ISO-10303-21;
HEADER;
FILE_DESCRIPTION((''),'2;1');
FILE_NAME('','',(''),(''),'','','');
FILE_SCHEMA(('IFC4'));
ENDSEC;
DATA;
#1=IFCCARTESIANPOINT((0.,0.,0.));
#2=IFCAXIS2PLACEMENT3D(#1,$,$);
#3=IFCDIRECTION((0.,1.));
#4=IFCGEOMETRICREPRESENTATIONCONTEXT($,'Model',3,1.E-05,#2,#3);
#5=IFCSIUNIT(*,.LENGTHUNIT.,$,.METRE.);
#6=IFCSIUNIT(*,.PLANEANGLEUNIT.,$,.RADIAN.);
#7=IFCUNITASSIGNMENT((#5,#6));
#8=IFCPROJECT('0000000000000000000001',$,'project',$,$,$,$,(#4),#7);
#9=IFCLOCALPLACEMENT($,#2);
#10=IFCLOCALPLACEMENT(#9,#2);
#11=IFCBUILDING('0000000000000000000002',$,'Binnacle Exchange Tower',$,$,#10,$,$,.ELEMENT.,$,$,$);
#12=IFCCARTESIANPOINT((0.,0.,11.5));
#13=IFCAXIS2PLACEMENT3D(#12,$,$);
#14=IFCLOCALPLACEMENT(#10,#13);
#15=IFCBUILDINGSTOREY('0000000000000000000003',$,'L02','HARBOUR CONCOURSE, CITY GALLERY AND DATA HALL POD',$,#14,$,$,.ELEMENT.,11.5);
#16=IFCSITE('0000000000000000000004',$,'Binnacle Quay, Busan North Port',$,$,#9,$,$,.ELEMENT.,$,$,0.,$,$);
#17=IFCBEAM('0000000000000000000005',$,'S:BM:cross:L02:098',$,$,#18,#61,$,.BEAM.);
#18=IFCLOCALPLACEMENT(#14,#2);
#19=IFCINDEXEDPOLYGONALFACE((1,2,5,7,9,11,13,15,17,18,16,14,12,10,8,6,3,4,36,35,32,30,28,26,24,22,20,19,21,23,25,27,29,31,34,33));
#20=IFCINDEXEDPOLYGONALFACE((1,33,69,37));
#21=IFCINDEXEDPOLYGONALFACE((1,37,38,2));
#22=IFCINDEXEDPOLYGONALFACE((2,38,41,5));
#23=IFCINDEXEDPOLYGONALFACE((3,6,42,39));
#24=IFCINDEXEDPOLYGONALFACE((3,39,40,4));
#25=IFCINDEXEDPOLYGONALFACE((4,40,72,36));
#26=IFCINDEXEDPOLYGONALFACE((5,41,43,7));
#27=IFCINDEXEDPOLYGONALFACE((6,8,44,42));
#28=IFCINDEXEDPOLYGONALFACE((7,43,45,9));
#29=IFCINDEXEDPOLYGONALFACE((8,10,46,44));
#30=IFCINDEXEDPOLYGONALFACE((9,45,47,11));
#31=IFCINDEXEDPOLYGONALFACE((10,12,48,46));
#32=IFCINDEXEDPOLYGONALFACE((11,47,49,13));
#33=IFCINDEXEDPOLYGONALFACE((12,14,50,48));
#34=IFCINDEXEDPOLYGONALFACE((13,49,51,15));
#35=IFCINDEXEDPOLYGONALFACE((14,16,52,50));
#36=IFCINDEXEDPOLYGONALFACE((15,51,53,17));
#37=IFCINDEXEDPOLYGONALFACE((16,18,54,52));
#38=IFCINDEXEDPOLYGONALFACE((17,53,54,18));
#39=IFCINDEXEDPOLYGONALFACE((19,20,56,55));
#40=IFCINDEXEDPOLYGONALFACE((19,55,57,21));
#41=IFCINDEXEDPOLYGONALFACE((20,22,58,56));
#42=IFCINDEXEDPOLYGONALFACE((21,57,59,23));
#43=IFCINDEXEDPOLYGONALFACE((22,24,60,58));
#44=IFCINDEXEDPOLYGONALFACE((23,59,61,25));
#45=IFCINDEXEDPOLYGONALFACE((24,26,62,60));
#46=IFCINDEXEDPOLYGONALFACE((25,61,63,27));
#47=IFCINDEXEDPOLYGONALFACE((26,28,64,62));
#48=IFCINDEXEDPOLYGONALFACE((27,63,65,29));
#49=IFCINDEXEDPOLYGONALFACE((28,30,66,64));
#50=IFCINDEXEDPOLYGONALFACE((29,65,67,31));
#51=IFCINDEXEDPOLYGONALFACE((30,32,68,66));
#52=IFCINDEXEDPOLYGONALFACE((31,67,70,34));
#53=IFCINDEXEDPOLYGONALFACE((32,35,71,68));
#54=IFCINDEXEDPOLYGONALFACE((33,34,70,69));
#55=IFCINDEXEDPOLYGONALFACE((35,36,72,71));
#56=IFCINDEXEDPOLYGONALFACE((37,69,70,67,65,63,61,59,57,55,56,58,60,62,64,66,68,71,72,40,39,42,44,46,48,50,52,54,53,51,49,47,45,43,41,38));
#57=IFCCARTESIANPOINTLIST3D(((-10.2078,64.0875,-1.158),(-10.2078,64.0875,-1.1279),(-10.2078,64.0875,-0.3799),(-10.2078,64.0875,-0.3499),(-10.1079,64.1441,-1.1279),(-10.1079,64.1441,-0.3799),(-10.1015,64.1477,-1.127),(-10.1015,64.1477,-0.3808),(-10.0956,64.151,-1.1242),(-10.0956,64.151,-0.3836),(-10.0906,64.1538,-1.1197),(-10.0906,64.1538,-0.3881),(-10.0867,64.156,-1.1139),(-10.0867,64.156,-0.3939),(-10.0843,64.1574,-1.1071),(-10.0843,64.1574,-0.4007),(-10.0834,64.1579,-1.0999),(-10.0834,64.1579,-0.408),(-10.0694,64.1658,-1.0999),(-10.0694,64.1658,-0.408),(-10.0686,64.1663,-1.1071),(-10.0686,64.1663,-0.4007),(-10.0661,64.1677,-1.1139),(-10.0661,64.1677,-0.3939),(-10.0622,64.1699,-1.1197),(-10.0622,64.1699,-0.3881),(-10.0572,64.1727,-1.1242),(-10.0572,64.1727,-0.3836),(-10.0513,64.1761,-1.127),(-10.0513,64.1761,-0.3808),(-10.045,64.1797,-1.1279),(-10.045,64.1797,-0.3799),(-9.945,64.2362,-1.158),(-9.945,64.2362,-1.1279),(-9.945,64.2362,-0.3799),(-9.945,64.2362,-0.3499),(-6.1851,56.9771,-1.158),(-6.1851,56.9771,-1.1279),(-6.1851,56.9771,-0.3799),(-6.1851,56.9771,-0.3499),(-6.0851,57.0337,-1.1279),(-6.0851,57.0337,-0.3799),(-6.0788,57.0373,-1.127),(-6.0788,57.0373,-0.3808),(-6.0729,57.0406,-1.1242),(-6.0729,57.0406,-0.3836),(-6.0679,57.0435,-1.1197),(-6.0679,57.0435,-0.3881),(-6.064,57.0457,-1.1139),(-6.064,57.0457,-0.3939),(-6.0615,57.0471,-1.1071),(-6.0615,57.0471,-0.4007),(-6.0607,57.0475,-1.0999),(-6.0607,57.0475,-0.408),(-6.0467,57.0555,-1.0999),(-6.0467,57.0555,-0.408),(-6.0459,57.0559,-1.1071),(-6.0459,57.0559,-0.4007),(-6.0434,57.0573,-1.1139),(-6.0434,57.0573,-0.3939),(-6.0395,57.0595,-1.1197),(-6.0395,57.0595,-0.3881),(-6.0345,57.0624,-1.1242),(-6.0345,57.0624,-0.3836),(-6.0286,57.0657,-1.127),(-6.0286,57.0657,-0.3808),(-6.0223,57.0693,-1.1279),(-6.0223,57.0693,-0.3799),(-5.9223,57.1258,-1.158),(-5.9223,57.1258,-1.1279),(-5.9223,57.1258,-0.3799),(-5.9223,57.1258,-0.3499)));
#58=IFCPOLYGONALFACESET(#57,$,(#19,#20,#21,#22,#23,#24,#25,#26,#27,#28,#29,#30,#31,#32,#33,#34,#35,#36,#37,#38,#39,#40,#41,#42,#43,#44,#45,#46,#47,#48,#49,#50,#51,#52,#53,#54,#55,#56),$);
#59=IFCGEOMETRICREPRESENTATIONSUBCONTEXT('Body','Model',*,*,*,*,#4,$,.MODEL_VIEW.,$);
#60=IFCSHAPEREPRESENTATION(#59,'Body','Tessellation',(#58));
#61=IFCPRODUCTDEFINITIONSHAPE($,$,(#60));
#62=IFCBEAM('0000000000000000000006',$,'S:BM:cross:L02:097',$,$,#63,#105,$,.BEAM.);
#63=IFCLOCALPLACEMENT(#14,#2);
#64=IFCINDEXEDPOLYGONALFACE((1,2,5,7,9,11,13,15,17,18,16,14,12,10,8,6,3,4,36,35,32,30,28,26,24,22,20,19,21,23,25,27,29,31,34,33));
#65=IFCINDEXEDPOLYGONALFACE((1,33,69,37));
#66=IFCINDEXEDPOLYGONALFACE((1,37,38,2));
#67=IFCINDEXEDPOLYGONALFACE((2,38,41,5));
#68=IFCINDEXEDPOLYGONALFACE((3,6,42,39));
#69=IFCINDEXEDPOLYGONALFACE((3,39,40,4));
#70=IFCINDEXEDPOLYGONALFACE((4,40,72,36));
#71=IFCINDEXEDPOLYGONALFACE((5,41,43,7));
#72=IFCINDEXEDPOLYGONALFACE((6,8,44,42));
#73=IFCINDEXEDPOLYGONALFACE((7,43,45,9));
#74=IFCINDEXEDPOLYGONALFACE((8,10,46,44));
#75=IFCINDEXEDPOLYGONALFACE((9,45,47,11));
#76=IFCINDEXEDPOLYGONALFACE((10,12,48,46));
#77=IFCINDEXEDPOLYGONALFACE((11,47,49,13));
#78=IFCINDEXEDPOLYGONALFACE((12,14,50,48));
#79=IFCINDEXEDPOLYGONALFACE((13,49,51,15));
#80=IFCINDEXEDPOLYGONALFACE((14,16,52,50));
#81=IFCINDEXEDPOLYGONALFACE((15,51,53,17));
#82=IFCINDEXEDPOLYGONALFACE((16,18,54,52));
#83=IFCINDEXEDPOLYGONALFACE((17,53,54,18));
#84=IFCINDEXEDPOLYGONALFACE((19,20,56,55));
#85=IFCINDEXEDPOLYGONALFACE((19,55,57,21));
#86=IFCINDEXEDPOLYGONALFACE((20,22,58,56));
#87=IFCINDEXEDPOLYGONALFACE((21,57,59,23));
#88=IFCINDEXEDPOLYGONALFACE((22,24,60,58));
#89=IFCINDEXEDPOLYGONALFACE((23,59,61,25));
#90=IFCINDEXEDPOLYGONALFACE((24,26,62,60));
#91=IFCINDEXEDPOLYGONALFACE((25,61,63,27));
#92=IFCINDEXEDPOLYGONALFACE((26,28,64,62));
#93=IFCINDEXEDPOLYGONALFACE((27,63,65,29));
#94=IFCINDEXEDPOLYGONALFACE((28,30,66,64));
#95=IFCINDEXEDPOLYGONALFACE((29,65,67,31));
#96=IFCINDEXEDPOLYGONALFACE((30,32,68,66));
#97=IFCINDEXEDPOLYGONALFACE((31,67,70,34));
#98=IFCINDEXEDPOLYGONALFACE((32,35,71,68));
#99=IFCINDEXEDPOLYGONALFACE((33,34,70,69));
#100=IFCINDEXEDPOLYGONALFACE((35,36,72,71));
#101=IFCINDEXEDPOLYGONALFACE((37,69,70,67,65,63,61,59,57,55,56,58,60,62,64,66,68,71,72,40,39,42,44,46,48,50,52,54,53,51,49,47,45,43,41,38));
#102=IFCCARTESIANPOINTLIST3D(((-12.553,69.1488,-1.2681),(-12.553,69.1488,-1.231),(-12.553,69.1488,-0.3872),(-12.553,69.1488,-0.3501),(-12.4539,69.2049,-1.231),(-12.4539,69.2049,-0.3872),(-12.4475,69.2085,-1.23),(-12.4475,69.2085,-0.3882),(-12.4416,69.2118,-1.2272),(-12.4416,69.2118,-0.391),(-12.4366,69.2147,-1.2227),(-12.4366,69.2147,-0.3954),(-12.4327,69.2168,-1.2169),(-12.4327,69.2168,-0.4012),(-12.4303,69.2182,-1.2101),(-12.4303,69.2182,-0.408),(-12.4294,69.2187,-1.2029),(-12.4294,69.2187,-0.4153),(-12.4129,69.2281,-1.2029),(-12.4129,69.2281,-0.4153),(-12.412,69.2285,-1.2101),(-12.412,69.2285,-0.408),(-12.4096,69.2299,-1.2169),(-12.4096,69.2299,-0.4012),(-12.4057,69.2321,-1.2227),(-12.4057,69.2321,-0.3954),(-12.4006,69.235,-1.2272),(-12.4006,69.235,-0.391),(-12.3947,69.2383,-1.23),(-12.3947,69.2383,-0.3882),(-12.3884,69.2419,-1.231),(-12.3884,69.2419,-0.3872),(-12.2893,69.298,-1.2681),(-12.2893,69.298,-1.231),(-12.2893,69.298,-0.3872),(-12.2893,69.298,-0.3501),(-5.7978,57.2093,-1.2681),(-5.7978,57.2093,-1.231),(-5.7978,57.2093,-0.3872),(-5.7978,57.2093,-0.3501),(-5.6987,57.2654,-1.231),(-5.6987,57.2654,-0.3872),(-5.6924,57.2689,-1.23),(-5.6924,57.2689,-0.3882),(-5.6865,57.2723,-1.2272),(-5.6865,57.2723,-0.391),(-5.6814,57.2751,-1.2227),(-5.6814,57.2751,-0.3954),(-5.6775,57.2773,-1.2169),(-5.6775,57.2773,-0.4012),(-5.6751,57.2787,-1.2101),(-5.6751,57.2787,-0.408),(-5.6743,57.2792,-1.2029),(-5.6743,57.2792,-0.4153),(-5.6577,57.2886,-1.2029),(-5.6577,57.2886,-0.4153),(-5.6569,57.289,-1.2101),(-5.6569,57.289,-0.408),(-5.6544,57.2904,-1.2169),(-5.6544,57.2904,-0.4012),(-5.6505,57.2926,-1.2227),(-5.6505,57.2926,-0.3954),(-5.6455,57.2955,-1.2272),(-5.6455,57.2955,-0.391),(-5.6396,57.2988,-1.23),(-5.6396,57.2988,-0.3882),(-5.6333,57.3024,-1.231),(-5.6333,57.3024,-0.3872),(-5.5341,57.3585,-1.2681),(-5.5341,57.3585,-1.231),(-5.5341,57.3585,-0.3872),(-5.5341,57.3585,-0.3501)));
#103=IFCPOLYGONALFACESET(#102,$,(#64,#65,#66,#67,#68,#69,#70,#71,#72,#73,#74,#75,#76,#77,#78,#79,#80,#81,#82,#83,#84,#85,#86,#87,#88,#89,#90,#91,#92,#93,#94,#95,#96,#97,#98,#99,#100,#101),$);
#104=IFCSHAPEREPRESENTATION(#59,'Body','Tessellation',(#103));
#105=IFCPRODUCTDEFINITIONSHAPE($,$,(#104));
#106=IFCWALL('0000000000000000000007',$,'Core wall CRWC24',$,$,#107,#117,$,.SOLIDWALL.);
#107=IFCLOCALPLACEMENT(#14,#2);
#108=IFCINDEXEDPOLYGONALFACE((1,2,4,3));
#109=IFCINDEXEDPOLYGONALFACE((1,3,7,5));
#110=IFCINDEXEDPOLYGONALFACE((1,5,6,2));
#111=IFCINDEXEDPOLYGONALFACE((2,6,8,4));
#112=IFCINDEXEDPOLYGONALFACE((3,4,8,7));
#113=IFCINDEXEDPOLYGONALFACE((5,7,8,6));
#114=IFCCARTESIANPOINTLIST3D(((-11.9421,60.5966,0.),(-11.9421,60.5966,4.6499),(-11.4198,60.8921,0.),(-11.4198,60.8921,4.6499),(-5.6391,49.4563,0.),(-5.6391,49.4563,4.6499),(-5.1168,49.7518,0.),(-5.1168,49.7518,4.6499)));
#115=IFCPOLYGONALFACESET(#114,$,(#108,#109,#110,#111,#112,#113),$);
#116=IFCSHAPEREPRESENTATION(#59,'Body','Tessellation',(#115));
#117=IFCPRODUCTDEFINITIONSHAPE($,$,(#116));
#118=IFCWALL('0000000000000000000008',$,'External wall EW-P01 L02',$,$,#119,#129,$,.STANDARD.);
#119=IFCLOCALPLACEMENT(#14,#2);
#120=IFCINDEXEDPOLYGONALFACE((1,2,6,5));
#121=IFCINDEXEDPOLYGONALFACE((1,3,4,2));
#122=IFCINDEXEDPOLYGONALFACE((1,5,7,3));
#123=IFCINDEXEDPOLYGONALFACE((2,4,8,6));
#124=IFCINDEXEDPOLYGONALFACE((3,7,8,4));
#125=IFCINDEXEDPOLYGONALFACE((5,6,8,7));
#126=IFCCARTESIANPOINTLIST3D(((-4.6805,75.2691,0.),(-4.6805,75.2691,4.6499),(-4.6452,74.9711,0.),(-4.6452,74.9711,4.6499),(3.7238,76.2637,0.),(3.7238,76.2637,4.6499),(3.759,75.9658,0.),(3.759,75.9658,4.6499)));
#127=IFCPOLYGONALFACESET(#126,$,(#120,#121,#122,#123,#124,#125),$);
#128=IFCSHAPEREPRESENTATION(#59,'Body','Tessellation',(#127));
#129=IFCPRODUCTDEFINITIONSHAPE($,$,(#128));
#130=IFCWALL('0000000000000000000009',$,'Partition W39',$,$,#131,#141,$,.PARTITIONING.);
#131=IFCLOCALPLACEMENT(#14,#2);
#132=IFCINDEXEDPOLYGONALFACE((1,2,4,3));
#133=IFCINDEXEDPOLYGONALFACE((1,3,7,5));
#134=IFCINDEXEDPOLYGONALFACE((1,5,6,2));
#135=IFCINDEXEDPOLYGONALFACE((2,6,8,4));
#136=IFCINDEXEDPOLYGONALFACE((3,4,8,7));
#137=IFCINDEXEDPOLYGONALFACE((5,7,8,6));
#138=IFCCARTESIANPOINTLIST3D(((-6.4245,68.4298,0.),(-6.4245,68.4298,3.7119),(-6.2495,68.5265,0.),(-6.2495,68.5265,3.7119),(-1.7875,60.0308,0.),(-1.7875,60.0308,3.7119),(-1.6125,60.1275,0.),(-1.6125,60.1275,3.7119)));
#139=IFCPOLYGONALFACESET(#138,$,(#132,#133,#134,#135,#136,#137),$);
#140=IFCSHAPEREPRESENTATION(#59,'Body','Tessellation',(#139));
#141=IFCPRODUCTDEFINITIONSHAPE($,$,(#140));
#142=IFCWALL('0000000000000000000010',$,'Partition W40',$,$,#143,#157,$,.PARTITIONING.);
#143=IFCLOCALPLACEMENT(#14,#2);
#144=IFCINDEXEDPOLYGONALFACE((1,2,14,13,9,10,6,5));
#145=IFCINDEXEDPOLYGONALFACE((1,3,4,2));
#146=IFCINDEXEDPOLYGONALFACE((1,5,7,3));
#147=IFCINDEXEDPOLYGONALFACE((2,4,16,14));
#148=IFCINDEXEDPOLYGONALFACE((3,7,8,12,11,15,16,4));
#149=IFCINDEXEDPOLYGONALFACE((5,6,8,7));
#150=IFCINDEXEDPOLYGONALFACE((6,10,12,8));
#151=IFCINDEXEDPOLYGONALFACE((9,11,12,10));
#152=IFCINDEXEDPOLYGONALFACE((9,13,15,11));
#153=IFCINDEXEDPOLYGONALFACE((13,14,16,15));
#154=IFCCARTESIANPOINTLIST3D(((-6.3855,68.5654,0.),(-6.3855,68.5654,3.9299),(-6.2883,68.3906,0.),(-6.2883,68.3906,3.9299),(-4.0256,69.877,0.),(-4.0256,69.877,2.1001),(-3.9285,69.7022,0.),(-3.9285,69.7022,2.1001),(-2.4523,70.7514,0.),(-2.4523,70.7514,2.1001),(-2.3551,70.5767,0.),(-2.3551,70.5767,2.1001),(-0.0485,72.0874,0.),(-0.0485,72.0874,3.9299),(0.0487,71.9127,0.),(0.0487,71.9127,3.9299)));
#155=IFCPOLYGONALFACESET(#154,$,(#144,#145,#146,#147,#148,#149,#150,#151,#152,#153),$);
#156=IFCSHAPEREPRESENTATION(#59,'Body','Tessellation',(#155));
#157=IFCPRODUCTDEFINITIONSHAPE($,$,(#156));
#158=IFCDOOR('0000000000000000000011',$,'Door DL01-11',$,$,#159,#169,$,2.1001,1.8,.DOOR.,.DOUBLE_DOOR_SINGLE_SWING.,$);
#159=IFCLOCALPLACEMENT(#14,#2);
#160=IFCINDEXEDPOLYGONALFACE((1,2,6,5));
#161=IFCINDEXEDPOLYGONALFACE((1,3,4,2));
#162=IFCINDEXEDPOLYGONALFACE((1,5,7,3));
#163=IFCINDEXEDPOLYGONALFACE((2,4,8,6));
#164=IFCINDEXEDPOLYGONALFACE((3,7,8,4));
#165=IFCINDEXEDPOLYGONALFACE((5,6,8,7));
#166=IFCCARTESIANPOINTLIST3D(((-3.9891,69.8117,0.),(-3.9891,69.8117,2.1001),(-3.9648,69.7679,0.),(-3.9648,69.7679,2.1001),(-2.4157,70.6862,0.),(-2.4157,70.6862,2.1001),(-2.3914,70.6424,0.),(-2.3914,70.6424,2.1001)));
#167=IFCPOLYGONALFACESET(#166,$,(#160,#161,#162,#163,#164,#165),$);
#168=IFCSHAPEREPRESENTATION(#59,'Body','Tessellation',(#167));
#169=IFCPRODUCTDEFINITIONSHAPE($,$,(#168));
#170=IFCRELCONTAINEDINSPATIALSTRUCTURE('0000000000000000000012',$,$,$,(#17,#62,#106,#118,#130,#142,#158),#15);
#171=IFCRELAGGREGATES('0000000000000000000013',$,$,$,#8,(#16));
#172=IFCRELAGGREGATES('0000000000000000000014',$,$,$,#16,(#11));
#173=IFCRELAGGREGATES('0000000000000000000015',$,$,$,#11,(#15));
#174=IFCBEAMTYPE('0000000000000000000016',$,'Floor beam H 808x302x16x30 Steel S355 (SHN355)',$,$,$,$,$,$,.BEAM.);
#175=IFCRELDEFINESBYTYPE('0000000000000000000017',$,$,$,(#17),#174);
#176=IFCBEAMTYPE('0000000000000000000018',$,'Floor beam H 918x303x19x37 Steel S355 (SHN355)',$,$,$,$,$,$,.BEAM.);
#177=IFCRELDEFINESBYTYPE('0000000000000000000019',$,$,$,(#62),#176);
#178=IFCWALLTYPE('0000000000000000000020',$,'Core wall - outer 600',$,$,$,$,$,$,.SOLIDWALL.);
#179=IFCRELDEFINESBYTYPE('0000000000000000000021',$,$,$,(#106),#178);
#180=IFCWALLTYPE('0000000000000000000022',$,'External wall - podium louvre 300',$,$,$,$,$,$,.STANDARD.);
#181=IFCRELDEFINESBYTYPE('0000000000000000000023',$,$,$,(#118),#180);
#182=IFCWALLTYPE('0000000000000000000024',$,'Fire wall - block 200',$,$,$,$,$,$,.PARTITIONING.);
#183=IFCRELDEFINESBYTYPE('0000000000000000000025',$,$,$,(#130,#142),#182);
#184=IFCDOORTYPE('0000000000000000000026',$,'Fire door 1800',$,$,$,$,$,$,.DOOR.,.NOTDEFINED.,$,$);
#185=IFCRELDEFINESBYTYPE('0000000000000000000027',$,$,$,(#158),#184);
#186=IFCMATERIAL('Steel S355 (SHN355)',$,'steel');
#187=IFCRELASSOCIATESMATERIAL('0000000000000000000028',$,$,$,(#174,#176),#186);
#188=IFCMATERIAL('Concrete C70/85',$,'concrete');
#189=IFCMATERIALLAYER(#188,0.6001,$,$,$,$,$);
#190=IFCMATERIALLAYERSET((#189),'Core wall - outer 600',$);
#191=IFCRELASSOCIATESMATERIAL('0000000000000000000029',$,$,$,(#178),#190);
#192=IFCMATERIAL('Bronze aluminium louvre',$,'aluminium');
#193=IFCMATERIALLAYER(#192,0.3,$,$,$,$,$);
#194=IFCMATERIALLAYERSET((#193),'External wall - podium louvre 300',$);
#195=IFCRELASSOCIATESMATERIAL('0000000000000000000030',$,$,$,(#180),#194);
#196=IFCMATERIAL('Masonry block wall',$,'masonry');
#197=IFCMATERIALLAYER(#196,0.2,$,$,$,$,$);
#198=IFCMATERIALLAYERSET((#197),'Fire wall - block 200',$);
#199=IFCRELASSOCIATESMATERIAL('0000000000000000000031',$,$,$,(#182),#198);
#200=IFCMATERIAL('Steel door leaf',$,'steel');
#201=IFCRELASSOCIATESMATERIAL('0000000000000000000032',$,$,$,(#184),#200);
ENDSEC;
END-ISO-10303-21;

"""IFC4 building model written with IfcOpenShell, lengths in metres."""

from ifc_helpers import new_model, si_unit, direction, frame, frame_2d, origin, origin_2d, place, context, subcontext, project, spatial, rectangle, i_section, extrude, material, layer, layer_set, material_profile, profile_set, type_object, element, fill, save


model = new_model("IFC4")

# Units and contexts
model_context = context("Model", 3, precision=1e-05, world=origin(), true_north=direction((0.0, 1.0)))
body_context = subcontext(model_context, "Body", "Model", "MODEL_VIEW")
ifc_project = project(units=[si_unit("LENGTHUNIT", "METRE"), si_unit("PLANEANGLEUNIT", "RADIAN")], contexts=[model_context])

# Site, building, storey
site_placement = place(None, origin())
site = spatial("IfcSite", under=ifc_project, at=site_placement, Name="Binnacle Quay, Busan North Port", CompositionType="ELEMENT", RefElevation=0.0)
building_placement = place(site_placement, origin())
building = spatial("IfcBuilding", under=site, at=building_placement, Name="Binnacle Exchange Tower", CompositionType="ELEMENT")
storey_placement = place(building_placement, frame((0.0, 0.0, 11.5)))
storey = spatial("IfcBuildingStorey", under=building, at=storey_placement, Name="L02", Description="HARBOUR CONCOURSE, CITY GALLERY AND DATA HALL POD", CompositionType="ELEMENT", Elevation=11.5)

# Shared definitions
ifc_material_1 = material(Name="Concrete C70/85", Category="concrete")

# Beams
ifc_material_2 = material(Name="Steel S355 (SHN355)", Category="steel")
ifc_material_profile_1 = material_profile(ifc_material_2, i_section(OverallWidth=0.302, OverallDepth=0.8081, WebThickness=0.0161, FlangeThickness=0.03, FilletRadius=0.0281, at=origin_2d()), Name="H 808x302x16x30")
ifc_profile_set_1 = profile_set([ifc_material_profile_1], Name="Steel S355 (SHN355)")
beam_type_1 = type_object("IfcBeamType", Name="Floor beam H 808x302x16x30 Steel S355 (SHN355)", PredefinedType="BEAM", material=ifc_profile_set_1)
beam_1_placement = place(storey_placement, frame((-10.0764, 64.1619, -0.7539), z_axis=(0.492411, -0.870363, 0.0), x_axis=(0.870363, 0.492411, 0.0)))
element("IfcBeam", 1, at=beam_1_placement, inside=storey, type_object=beam_type_1, Name="S:BM:cross:L02:098", PredefinedType="BEAM", context=body_context, shape_type="SweptSolid", body=[
    extrude(i_section(OverallWidth=0.302, OverallDepth=0.8081, WebThickness=0.0161, FlangeThickness=0.03, FilletRadius=0.0281, at=origin_2d()), origin(), (0.0, 0.0, 1.0), 8.1694),
])
ifc_material_profile_2 = material_profile(ifc_material_2, i_section(OverallWidth=0.303, OverallDepth=0.918, WebThickness=0.019, FlangeThickness=0.0371, FilletRadius=0.0281, at=origin_2d()), Name="H 918x303x19x37")
ifc_profile_set_2 = profile_set([ifc_material_profile_2], Name="Steel S355 (SHN355)")
beam_type_2 = type_object("IfcBeamType", Name="Floor beam H 918x303x19x37 Steel S355 (SHN355)", PredefinedType="BEAM", material=ifc_profile_set_2)
beam_2_placement = place(storey_placement, frame((-12.4211, 69.2234, -0.8091), z_axis=(0.49243, -0.870352, 0.0), x_axis=(0.870352, 0.49243, 0.0)))
element("IfcBeam", 2, at=beam_2_placement, inside=storey, type_object=beam_type_2, Name="S:BM:cross:L02:097", PredefinedType="BEAM", context=body_context, shape_type="SweptSolid", body=[
    extrude(i_section(OverallWidth=0.303, OverallDepth=0.918, WebThickness=0.019, FlangeThickness=0.0371, FilletRadius=0.0281, at=origin_2d()), origin(), (0.0, 0.0, 1.0), 13.718),
])

# Walls
ifc_layer_1 = layer(ifc_material_1, 0.6001)
ifc_layer_set_1 = layer_set([ifc_layer_1], Name="Core wall - outer 600")
wall_type_1 = type_object("IfcWallType", Name="Core wall - outer 600", PredefinedType="SOLIDWALL", material=ifc_layer_set_1)
wall_1_placement = place(storey_placement, frame((-11.6809, 60.7444, 0.0), z_axis=(0.0, 0.0, 1.0), x_axis=(0.492427, -0.870354, 0.0)))
element("IfcWall", 3, at=wall_1_placement, inside=storey, type_object=wall_type_1, Name="Core wall CRWC24", PredefinedType="SOLIDWALL", context=body_context, shape_type="SweptSolid", body=[
    extrude(rectangle(XDim=12.7998, YDim=0.6001, at=frame_2d((6.3999, 0.0))), origin(), (0.0, 0.0, 1.0), 4.6499),
])
ifc_material_3 = material(Name="Bronze aluminium louvre", Category="aluminium")
ifc_layer_2 = layer(ifc_material_3, 0.3)
ifc_layer_set_2 = layer_set([ifc_layer_2], Name="External wall - podium louvre 300")
wall_type_2 = type_object("IfcWallType", Name="External wall - podium louvre 300", PredefinedType="STANDARD", material=ifc_layer_set_2)
wall_2_placement = place(storey_placement, frame((-4.6628, 75.1201, 0.0), z_axis=(0.0, 0.0, 1.0), x_axis=(0.99307, 0.117527, 0.0)))
element("IfcWall", 4, at=wall_2_placement, inside=storey, type_object=wall_type_2, Name="External wall EW-P01 L02", PredefinedType="STANDARD", context=body_context, shape_type="SweptSolid", body=[
    extrude(rectangle(XDim=8.4629, YDim=0.3, at=frame_2d((4.2314, 0.0))), origin(), (0.0, 0.0, 1.0), 4.6499),
])
ifc_material_4 = material(Name="Masonry block wall", Category="masonry")
ifc_layer_3 = layer(ifc_material_4, 0.2)
ifc_layer_set_3 = layer_set([ifc_layer_3], Name="Fire wall - block 200")
wall_type_3 = type_object("IfcWallType", Name="Fire wall - block 200", PredefinedType="PARTITIONING", material=ifc_layer_set_3)
wall_3_placement = place(storey_placement, frame((-6.3369, 68.478, 0.0), z_axis=(0.0, 0.0, 1.0), x_axis=(0.483323, -0.875442, 0.0)))
element("IfcWall", 5, at=wall_3_placement, inside=storey, type_object=wall_type_3, Name="Partition W39", PredefinedType="PARTITIONING", context=body_context, shape_type="SweptSolid", body=[
    extrude(rectangle(XDim=9.594, YDim=0.2, at=frame_2d((4.7969, 0.0))), origin(), (0.0, 0.0, 1.0), 3.7119),
])

# Wall, opening, door
wall_4_placement = place(storey_placement, frame((-6.3369, 68.478, 0.0), z_axis=(0.0, 0.0, 1.0), x_axis=(0.874071, 0.485797, 0.0)))
wall_4 = element("IfcWall", 6, at=wall_4_placement, inside=storey, type_object=wall_type_3, Name="Partition W40", PredefinedType="PARTITIONING", context=body_context, shape_type="SweptSolid", body=[
    extrude(rectangle(XDim=7.25, YDim=0.2, at=frame_2d((3.625, 0.0))), origin(), (0.0, 0.0, 1.0), 3.9299),
])
opening_1_placement = place(wall_4_placement, frame((2.7, 0.0, 0.0)))
opening_1 = element("IfcOpeningElement", 7, at=opening_1_placement, cuts=wall_4, PredefinedType="OPENING", context=body_context, shape_type="SweptSolid", body=[
    extrude(rectangle(XDim=1.8, YDim=2.1001, at=frame_2d((0.8999, 1.05))), frame((0.0, 0.1099, 0.0), z_axis=(0.0, -1.0, 0.0), x_axis=(1.0, 0.0, 0.0)), (0.0, 0.0, 1.0), 0.22),
])
ifc_material_5 = material(Name="Steel door leaf", Category="steel")
door_type_1 = type_object("IfcDoorType", Name="Fire door 1800", OperationType="NOTDEFINED", PredefinedType="DOOR", material=ifc_material_5)
door_1_placement = place(opening_1_placement, frame((1.8, 0.0, 0.0), z_axis=(0.0, 0.0, 1.0), x_axis=(-1.0, 0.0, 0.0)))
door_1 = element("IfcDoor", 8, at=door_1_placement, inside=storey, type_object=door_type_1, Name="Door DL01-11", OperationType="DOUBLE_DOOR_SINGLE_SWING", OverallHeight=2.1001, OverallWidth=1.8, PredefinedType="DOOR", context=body_context, shape_type="SweptSolid", body=[
    extrude(rectangle(XDim=1.8, YDim=2.1001, at=frame_2d((0.8999, 1.05))), frame((0.0, 0.0249, 0.0), z_axis=(0.0, -1.0, 0.0), x_axis=(1.0, 0.0, 0.0)), (0.0, 0.0, 1.0), 0.05),
])
fill(opening_1, door_1)

save(model, "model.ifc")
